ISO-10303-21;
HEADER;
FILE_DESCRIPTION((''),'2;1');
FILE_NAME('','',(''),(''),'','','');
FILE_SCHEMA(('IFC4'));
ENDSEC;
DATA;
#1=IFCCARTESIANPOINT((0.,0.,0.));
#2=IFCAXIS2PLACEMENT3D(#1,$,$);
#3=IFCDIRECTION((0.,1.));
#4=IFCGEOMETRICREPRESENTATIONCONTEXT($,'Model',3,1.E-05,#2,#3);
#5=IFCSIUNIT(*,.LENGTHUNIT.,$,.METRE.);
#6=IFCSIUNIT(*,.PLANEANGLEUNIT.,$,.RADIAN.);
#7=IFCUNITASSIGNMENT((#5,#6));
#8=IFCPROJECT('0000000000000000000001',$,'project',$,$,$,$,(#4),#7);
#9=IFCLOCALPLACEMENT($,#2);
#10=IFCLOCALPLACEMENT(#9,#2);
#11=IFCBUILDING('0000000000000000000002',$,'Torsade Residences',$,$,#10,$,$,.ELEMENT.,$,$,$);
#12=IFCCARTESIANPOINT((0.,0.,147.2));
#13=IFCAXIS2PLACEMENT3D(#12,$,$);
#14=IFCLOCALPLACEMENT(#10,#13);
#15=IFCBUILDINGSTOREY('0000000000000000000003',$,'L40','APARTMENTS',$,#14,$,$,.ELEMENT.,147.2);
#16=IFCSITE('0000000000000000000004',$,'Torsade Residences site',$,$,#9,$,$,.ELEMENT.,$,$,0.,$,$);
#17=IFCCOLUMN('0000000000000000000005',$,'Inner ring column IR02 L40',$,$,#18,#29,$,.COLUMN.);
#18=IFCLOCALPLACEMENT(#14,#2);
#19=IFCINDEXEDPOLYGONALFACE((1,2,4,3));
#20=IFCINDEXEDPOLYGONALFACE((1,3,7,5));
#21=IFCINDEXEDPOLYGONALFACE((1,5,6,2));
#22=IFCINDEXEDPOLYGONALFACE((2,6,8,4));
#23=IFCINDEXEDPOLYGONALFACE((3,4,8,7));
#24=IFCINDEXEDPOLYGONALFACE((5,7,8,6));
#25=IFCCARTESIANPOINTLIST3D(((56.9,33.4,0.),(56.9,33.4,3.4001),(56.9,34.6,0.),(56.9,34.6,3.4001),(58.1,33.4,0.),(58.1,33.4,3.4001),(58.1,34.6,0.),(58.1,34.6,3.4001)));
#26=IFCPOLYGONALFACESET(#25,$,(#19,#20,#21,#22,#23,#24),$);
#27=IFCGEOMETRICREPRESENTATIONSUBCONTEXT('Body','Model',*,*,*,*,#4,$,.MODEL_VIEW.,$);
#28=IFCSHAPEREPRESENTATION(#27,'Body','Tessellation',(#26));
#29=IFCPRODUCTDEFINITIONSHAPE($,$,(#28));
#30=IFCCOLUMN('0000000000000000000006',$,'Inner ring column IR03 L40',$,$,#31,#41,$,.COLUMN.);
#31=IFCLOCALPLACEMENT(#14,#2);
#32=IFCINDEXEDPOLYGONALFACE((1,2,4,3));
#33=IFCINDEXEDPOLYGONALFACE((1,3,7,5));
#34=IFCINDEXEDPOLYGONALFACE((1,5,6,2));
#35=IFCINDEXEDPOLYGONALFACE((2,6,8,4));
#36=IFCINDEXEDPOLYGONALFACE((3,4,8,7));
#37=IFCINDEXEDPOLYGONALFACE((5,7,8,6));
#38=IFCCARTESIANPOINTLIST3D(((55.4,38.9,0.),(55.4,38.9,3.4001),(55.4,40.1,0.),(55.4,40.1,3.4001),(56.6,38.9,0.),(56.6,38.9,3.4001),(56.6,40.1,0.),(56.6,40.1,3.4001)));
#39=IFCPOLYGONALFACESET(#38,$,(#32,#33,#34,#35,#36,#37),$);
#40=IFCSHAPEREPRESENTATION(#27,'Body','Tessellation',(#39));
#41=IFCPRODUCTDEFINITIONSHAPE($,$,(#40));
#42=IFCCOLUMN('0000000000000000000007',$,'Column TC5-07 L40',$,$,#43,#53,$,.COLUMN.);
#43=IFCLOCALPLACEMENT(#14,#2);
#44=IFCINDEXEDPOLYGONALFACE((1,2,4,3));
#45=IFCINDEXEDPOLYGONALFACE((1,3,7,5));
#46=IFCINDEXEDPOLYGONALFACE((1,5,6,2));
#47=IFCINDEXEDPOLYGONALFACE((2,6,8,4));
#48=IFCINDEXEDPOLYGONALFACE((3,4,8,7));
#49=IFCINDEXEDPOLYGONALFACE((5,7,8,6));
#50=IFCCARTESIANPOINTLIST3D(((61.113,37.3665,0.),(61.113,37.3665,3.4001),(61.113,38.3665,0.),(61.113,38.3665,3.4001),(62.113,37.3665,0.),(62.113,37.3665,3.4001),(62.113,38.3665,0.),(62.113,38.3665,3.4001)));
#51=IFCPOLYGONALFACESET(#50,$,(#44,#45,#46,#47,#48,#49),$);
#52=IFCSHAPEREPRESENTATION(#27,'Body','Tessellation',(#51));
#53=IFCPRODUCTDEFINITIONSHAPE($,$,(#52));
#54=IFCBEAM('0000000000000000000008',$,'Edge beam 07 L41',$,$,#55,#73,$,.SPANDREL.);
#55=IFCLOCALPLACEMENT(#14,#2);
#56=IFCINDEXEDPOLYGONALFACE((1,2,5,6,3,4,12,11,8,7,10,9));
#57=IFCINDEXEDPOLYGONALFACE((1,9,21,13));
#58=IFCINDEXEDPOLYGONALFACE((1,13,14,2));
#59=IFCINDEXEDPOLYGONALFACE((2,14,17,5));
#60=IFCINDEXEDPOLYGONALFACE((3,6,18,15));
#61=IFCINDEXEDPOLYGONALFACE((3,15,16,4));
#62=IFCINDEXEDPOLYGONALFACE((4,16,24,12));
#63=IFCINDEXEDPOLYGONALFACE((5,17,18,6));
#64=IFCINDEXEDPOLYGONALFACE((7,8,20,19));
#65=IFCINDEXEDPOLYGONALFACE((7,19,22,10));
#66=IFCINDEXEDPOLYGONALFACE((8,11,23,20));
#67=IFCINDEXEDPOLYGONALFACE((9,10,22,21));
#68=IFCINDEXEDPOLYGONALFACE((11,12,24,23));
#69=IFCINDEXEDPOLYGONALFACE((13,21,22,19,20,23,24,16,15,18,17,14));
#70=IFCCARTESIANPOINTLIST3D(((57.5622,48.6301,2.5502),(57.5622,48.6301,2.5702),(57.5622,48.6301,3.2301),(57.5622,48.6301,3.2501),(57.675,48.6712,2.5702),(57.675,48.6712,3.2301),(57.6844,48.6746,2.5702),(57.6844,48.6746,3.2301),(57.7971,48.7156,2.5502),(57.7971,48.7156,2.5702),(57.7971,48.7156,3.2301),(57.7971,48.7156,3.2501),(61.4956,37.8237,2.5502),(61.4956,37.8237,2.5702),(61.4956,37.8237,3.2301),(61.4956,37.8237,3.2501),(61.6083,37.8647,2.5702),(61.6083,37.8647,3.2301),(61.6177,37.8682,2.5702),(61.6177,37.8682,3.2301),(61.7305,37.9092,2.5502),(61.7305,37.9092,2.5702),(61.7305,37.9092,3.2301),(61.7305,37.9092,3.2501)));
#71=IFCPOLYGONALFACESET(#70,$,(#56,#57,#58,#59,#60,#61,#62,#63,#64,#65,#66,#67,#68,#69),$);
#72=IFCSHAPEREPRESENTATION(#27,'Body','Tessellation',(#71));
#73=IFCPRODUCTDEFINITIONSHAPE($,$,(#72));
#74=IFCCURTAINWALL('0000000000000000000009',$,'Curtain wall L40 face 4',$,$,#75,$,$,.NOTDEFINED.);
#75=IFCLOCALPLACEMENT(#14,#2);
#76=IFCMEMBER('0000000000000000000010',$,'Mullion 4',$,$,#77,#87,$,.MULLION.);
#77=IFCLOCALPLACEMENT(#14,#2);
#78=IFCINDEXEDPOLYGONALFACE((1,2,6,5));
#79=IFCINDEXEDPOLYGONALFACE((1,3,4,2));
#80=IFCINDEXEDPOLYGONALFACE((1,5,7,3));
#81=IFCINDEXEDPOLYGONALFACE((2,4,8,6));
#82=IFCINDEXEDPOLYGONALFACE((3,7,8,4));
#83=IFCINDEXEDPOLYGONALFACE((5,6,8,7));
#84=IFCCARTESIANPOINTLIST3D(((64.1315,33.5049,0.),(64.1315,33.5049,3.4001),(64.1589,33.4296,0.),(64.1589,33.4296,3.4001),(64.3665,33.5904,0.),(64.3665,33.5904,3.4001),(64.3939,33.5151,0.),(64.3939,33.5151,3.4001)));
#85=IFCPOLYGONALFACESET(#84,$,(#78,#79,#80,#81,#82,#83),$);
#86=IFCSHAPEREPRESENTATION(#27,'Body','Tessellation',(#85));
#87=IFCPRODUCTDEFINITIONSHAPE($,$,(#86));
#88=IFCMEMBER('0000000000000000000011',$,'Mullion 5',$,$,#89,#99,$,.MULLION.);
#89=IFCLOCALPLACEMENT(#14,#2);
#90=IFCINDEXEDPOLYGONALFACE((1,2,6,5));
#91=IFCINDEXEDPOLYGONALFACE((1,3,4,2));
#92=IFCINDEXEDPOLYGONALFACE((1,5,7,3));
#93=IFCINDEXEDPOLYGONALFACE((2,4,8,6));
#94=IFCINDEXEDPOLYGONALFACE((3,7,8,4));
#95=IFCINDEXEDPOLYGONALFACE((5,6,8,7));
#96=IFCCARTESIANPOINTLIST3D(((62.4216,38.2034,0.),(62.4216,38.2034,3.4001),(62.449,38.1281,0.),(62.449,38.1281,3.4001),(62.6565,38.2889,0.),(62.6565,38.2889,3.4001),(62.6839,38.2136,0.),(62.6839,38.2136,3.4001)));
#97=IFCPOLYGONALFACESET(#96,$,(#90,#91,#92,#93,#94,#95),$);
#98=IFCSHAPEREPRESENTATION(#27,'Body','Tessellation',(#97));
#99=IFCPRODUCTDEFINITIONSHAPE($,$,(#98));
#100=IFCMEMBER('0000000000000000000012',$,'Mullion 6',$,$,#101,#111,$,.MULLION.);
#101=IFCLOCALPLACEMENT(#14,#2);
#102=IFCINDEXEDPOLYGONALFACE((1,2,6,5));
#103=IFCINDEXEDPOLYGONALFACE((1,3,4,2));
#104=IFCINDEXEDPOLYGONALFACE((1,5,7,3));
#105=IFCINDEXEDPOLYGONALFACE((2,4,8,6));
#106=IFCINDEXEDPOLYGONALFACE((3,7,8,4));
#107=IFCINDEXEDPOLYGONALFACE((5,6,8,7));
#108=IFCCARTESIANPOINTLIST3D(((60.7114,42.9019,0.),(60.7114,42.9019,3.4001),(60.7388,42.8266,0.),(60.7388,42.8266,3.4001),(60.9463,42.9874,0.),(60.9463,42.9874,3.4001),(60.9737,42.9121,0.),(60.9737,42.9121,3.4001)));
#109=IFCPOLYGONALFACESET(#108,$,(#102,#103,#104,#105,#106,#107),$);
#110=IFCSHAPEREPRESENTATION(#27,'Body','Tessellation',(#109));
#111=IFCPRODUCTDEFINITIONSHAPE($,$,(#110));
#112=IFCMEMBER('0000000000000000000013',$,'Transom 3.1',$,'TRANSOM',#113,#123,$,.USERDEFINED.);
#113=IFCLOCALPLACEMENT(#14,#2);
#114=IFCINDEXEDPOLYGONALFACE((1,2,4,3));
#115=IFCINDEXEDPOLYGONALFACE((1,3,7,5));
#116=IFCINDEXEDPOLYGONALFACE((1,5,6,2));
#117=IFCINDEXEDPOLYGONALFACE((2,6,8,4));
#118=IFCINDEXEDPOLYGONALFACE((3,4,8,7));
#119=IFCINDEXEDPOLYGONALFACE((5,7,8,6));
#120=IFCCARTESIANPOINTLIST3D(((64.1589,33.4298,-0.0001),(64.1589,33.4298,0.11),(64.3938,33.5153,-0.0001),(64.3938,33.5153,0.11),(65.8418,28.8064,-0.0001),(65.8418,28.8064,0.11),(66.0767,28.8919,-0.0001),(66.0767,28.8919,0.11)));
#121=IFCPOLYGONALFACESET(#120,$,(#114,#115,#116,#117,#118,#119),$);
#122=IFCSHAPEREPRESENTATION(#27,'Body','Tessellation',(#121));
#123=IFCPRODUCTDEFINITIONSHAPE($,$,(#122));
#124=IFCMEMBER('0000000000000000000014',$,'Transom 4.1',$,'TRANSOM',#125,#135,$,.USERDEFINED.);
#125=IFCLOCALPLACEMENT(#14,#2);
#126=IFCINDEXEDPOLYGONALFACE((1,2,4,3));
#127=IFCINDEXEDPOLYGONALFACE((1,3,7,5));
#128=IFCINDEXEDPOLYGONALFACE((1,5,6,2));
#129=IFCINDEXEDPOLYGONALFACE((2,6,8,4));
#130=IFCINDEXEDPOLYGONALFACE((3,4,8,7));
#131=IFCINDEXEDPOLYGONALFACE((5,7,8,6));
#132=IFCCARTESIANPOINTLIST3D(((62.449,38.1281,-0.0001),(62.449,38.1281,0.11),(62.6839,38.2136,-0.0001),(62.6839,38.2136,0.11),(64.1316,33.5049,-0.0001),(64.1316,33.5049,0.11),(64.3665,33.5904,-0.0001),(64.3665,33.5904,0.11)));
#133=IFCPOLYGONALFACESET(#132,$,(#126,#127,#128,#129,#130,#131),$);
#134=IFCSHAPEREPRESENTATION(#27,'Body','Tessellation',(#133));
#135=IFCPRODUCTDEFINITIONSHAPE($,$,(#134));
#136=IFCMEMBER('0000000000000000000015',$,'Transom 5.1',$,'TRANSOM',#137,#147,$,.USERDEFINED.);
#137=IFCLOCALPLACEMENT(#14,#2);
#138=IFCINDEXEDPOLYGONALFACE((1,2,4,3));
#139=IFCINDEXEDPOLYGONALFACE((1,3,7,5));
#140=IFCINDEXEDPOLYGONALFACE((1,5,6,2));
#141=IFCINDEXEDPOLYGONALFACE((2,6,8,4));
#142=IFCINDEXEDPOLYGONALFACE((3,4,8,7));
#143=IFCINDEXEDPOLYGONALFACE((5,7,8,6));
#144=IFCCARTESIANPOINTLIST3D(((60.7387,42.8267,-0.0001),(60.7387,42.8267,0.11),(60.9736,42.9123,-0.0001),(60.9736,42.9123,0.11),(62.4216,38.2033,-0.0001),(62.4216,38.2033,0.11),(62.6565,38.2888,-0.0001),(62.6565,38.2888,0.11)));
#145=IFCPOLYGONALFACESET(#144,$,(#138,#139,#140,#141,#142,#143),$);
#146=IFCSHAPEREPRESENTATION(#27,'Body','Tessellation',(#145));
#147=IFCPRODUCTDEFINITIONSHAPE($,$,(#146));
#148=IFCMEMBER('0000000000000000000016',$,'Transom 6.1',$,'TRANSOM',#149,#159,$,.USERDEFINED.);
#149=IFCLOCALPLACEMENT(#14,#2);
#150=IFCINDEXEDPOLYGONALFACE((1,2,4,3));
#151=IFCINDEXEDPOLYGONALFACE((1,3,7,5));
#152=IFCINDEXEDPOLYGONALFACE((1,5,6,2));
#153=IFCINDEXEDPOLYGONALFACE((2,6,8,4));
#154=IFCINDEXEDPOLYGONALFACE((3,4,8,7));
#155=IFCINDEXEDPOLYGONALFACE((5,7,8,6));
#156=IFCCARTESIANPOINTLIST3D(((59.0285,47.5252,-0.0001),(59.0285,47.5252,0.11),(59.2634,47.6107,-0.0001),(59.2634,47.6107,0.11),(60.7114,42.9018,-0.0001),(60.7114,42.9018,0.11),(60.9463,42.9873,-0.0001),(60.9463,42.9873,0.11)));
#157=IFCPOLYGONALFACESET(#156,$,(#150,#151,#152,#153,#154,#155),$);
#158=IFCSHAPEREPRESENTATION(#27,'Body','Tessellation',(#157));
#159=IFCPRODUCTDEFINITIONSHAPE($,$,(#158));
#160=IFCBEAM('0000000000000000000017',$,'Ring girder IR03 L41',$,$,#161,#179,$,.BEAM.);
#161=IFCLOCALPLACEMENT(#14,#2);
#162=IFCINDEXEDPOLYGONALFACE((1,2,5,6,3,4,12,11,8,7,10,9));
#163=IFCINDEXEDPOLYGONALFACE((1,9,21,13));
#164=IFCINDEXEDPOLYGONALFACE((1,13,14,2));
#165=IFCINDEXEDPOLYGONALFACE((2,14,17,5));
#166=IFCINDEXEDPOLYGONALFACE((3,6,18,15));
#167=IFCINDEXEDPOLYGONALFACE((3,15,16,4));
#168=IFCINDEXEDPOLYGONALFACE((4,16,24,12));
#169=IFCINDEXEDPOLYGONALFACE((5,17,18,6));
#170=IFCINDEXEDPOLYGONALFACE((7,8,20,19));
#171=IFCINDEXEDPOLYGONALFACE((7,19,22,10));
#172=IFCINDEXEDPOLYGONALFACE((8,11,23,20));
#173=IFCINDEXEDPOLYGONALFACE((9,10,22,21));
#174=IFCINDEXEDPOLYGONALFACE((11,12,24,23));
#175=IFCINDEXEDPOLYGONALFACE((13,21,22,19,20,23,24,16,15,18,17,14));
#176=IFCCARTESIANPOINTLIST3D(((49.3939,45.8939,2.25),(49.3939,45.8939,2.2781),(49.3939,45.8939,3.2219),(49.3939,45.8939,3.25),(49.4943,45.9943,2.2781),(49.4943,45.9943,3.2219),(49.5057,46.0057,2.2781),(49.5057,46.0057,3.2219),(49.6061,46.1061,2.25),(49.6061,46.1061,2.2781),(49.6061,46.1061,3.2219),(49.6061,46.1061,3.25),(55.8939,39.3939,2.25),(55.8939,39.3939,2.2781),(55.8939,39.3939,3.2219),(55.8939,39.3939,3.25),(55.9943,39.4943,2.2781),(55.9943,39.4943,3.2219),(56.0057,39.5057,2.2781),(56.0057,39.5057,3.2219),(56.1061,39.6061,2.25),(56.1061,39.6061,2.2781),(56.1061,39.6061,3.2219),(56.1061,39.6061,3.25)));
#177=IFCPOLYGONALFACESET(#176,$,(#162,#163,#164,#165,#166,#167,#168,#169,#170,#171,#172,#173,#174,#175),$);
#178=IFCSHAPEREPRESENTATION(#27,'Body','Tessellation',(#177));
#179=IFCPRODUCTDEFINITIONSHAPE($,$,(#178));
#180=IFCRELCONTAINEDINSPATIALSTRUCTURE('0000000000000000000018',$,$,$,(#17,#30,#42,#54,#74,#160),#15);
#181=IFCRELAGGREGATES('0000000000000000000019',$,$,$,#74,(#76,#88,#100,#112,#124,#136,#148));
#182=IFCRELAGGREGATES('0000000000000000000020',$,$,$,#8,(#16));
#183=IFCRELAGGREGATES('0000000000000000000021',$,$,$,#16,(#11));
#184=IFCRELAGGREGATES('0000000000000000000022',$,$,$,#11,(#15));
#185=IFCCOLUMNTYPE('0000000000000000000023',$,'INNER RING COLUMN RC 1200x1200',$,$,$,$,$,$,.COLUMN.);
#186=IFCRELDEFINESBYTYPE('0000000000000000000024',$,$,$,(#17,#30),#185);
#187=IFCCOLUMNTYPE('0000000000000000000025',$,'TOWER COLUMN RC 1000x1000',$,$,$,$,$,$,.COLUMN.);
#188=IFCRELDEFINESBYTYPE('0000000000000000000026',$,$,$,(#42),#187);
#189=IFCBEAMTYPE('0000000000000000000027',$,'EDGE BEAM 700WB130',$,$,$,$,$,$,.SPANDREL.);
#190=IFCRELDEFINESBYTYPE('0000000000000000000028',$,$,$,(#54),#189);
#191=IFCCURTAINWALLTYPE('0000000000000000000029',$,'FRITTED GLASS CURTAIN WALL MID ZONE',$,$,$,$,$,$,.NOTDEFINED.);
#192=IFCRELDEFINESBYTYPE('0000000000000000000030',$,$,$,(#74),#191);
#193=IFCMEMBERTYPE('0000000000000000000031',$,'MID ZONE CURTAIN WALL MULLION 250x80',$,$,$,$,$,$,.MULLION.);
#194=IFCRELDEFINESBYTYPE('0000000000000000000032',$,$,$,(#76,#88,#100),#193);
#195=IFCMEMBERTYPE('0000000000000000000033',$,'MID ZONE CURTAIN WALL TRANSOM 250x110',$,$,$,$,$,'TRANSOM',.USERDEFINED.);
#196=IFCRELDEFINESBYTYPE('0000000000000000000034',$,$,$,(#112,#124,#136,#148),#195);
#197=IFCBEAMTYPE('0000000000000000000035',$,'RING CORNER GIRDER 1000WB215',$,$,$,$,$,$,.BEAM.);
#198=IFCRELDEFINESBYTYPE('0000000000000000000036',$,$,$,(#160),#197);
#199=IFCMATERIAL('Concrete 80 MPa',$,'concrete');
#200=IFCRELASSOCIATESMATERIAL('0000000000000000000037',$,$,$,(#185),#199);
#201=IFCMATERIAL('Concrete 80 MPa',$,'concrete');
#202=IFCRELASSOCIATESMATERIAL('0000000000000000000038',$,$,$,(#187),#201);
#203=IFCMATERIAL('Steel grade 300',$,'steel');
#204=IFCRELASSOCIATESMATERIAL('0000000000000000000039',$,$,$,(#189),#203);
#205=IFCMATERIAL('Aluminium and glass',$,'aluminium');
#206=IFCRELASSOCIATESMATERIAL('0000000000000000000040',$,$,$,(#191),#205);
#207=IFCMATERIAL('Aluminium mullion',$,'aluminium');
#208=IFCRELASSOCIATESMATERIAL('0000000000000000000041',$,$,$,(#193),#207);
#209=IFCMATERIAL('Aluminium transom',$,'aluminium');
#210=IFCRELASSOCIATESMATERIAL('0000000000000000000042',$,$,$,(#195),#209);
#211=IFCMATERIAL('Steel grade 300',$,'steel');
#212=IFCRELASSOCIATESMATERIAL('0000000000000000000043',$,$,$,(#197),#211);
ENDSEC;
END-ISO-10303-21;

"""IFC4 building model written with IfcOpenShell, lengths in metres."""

from ifc_helpers import new_model, si_unit, direction, frame, origin, origin_2d, place, context, subcontext, project, spatial, rectangle, i_section, extrude, material, material_profile, profile_set, type_object, element, aggregate, save


model = new_model("IFC4")

# Units and contexts
model_context = context("Model", 3, precision=1e-05, world=origin(), true_north=direction((0.0, 1.0)))
body_context = subcontext(model_context, "Body", "Model", "MODEL_VIEW")
ifc_project = project(units=[si_unit("LENGTHUNIT", "METRE"), si_unit("PLANEANGLEUNIT", "RADIAN")], contexts=[model_context])

# Site, building, storey
site_placement = place(None, origin())
site = spatial("IfcSite", under=ifc_project, at=site_placement, Name="Torsade Residences site", CompositionType="ELEMENT", RefElevation=0.0)
building_placement = place(site_placement, origin())
building = spatial("IfcBuilding", under=site, at=building_placement, Name="Torsade Residences", CompositionType="ELEMENT")
storey_placement = place(building_placement, frame((0.0, 0.0, 147.2)))
storey = spatial("IfcBuildingStorey", under=building, at=storey_placement, Name="L40", Description="APARTMENTS", CompositionType="ELEMENT", Elevation=147.2)

# Columns
ifc_material_1 = material(Name="Concrete 80 MPa", Category="concrete")
ifc_material_profile_1 = material_profile(ifc_material_1, rectangle(XDim=1.2, YDim=1.2, at=origin_2d()), Name="RC 1200x1200")
ifc_profile_set_1 = profile_set([ifc_material_profile_1], Name="Concrete 80 MPa")
column_type_1 = type_object("IfcColumnType", Name="INNER RING COLUMN RC 1200x1200", PredefinedType="COLUMN", material=ifc_profile_set_1)
for number, where, z_axis, x_axis, name in (
    (1, (57.5, 34.0, 0.0), (0.0, 0.0, 1.0), (1.0, 0.0, 0.0), "Inner ring column IR02 L40"),
    (2, (56.0, 39.5, 0.0), (0.0, 0.0, 1.0), (1.0, 0.0, 0.0), "Inner ring column IR03 L40"),
):
    element("IfcColumn", number, at=place(storey_placement, frame(where, z_axis=z_axis, x_axis=x_axis)), inside=storey, type_object=column_type_1, Name=name, PredefinedType="COLUMN", context=body_context, shape_type="SweptSolid", body=[
        extrude(rectangle(XDim=1.2, YDim=1.2, at=origin_2d()), origin(), (0.0, 0.0, 1.0), 3.4001),
    ])
ifc_material_2 = material(Name="Concrete 80 MPa", Category="concrete")
ifc_material_profile_2 = material_profile(ifc_material_2, rectangle(XDim=1.0, YDim=1.0, at=origin_2d()), Name="RC 1000x1000")
ifc_profile_set_2 = profile_set([ifc_material_profile_2], Name="Concrete 80 MPa")
column_type_2 = type_object("IfcColumnType", Name="TOWER COLUMN RC 1000x1000", PredefinedType="COLUMN", material=ifc_profile_set_2)
column_placement = place(storey_placement, frame((61.613, 37.8665, 0.0), z_axis=(0.0, 0.0, 1.0), x_axis=(1.0, 0.0, 0.0)))
element("IfcColumn", 3, at=column_placement, inside=storey, type_object=column_type_2, Name="Column TC5-07 L40", PredefinedType="COLUMN", context=body_context, shape_type="SweptSolid", body=[
    extrude(rectangle(XDim=1.0, YDim=1.0, at=origin_2d()), origin(), (0.0, 0.0, 1.0), 3.4001),
])

# Beam
ifc_material_3 = material(Name="Steel grade 300", Category="steel")
ifc_material_profile_3 = material_profile(ifc_material_3, i_section(OverallWidth=0.25, OverallDepth=0.7, WebThickness=0.01, FlangeThickness=0.02, at=origin_2d()), Name="700WB130")
ifc_profile_set_3 = profile_set([ifc_material_profile_3], Name="Steel grade 300")
beam_type_1 = type_object("IfcBeamType", Name="EDGE BEAM 700WB130", PredefinedType="SPANDREL", material=ifc_profile_set_3)
beam_1_placement = place(storey_placement, frame((61.613, 37.8665, 2.9001), z_axis=(-0.342031, 0.939689, 0.0), x_axis=(-0.939689, -0.342031, 0.0)))
element("IfcBeam", 4, at=beam_1_placement, inside=storey, type_object=beam_type_1, Name="Edge beam 07 L41", PredefinedType="SPANDREL", context=body_context, shape_type="SweptSolid", body=[
    extrude(i_section(OverallWidth=0.25, OverallDepth=0.7, WebThickness=0.01, FlangeThickness=0.02, at=origin_2d()), origin(), (0.0, 0.0, 1.0), 11.5),
])

# Curtain wall, members
ifc_material_4 = material(Name="Aluminium and glass", Category="aluminium")
curtain_wall_type = type_object("IfcCurtainWallType", Name="FRITTED GLASS CURTAIN WALL MID ZONE", PredefinedType="NOTDEFINED", material=ifc_material_4)
curtain_wall_placement = place(storey_placement, origin())
curtain_wall = element("IfcCurtainWall", 5, at=curtain_wall_placement, inside=storey, type_object=curtain_wall_type, Name="Curtain wall L40 face 4", PredefinedType="NOTDEFINED")
ifc_material_5 = material(Name="Aluminium mullion", Category="aluminium")
ifc_material_profile_4 = material_profile(ifc_material_5, rectangle(XDim=0.25, YDim=0.0801, at=origin_2d()), Name="MID ZONE CURTAIN WALL MULLION 250x80")
ifc_profile_set_4 = profile_set([ifc_material_profile_4], Name="Aluminium mullion")
member_type_1 = type_object("IfcMemberType", Name="MID ZONE CURTAIN WALL MULLION 250x80", PredefinedType="MULLION", material=ifc_profile_set_4)
member_1_placement = place(storey_placement, frame((64.2627, 33.51, 0.0), z_axis=(0.0, 0.0, 1.0), x_axis=(-0.939693, -0.34202, 0.0)))
member_1 = element("IfcMember", 6, at=member_1_placement, type_object=member_type_1, Name="Mullion 4", PredefinedType="MULLION", context=body_context, shape_type="SweptSolid", body=[
    extrude(rectangle(XDim=0.25, YDim=0.0801, at=origin_2d()), origin(), (0.0, 0.0, 1.0), 3.4001),
])
member_2_placement = place(storey_placement, frame((62.5527, 38.2085, 0.0), z_axis=(0.0, 0.0, 1.0), x_axis=(-0.939693, -0.34202, 0.0)))
member_2 = element("IfcMember", 7, at=member_2_placement, type_object=member_type_1, Name="Mullion 5", PredefinedType="MULLION", context=body_context, shape_type="SweptSolid", body=[
    extrude(rectangle(XDim=0.25, YDim=0.0801, at=origin_2d()), origin(), (0.0, 0.0, 1.0), 3.4001),
])
member_3_placement = place(storey_placement, frame((60.8425, 42.907, 0.0), z_axis=(0.0, 0.0, 1.0), x_axis=(-0.939693, -0.34202, 0.0)))
member_3 = element("IfcMember", 8, at=member_3_placement, type_object=member_type_1, Name="Mullion 6", PredefinedType="MULLION", context=body_context, shape_type="SweptSolid", body=[
    extrude(rectangle(XDim=0.25, YDim=0.0801, at=origin_2d()), origin(), (0.0, 0.0, 1.0), 3.4001),
])
ifc_material_6 = material(Name="Aluminium transom", Category="aluminium")
ifc_material_profile_5 = material_profile(ifc_material_6, rectangle(XDim=0.25, YDim=0.1101, at=origin_2d()), Name="MID ZONE CURTAIN WALL TRANSOM 250x110")
ifc_profile_set_5 = profile_set([ifc_material_profile_5], Name="Aluminium transom")
member_type_2 = type_object("IfcMemberType", Name="MID ZONE CURTAIN WALL TRANSOM 250x110", ElementType="TRANSOM", PredefinedType="USERDEFINED", material=ifc_profile_set_5)
member_4_placement = place(storey_placement, frame((65.9592, 28.8491, 0.0549), z_axis=(-0.342042, 0.939685, 0.0), x_axis=(-0.939685, -0.342042, 0.0)))
member_4 = element("IfcMember", 9, at=member_4_placement, type_object=member_type_2, Name="Transom 3.1", ObjectType="TRANSOM", PredefinedType="USERDEFINED", context=body_context, shape_type="SweptSolid", body=[
    extrude(rectangle(XDim=0.25, YDim=0.1101, at=origin_2d()), origin(), (0.0, 0.0, 1.0), 4.9202),
])
member_5_placement = place(storey_placement, frame((64.249, 33.5476, 0.0549), z_axis=(-0.341998, 0.939701, 0.0), x_axis=(-0.939701, -0.341998, 0.0)))
member_5 = element("IfcMember", 10, at=member_5_placement, type_object=member_type_2, Name="Transom 4.1", ObjectType="TRANSOM", PredefinedType="USERDEFINED", context=body_context, shape_type="SweptSolid", body=[
    extrude(rectangle(XDim=0.25, YDim=0.1101, at=origin_2d()), origin(), (0.0, 0.0, 1.0), 4.9199),
])
member_6_placement = place(storey_placement, frame((62.5391, 38.2461, 0.0549), z_axis=(-0.342042, 0.939685, 0.0), x_axis=(-0.939685, -0.342042, 0.0)))
member_6 = element("IfcMember", 11, at=member_6_placement, type_object=member_type_2, Name="Transom 5.1", ObjectType="TRANSOM", PredefinedType="USERDEFINED", context=body_context, shape_type="SweptSolid", body=[
    extrude(rectangle(XDim=0.25, YDim=0.1101, at=origin_2d()), origin(), (0.0, 0.0, 1.0), 4.9202),
])
member_7_placement = place(storey_placement, frame((60.8289, 42.9446, 0.0549), z_axis=(-0.342042, 0.939685, 0.0), x_axis=(-0.939685, -0.342042, 0.0)))
member_7 = element("IfcMember", 12, at=member_7_placement, type_object=member_type_2, Name="Transom 6.1", ObjectType="TRANSOM", PredefinedType="USERDEFINED", context=body_context, shape_type="SweptSolid", body=[
    extrude(rectangle(XDim=0.25, YDim=0.1101, at=origin_2d()), origin(), (0.0, 0.0, 1.0), 4.9202),
])

# Beam
ifc_material_7 = material(Name="Steel grade 300", Category="steel")
ifc_material_profile_6 = material_profile(ifc_material_7, i_section(OverallWidth=0.3, OverallDepth=1.0, WebThickness=0.0161, FlangeThickness=0.0281, at=origin_2d()), Name="1000WB215")
ifc_profile_set_6 = profile_set([ifc_material_profile_6], Name="Steel grade 300")
beam_type_2 = type_object("IfcBeamType", Name="RING CORNER GIRDER 1000WB215", PredefinedType="BEAM", material=ifc_profile_set_6)
beam_2_placement = place(storey_placement, frame((56.0, 39.5, 2.75), z_axis=(-0.707107, 0.707107, 0.0), x_axis=(-0.707107, -0.707107, 0.0)))
element("IfcBeam", 13, at=beam_2_placement, inside=storey, type_object=beam_type_2, Name="Ring girder IR03 L41", PredefinedType="BEAM", context=body_context, shape_type="SweptSolid", body=[
    extrude(i_section(OverallWidth=0.3, OverallDepth=1.0, WebThickness=0.0161, FlangeThickness=0.0281, at=origin_2d()), origin(), (0.0, 0.0, 1.0), 9.1924),
])

aggregate(curtain_wall, [member_1, member_2, member_3, member_4, member_5, member_6, member_7])

save(model, "model.ifc")
